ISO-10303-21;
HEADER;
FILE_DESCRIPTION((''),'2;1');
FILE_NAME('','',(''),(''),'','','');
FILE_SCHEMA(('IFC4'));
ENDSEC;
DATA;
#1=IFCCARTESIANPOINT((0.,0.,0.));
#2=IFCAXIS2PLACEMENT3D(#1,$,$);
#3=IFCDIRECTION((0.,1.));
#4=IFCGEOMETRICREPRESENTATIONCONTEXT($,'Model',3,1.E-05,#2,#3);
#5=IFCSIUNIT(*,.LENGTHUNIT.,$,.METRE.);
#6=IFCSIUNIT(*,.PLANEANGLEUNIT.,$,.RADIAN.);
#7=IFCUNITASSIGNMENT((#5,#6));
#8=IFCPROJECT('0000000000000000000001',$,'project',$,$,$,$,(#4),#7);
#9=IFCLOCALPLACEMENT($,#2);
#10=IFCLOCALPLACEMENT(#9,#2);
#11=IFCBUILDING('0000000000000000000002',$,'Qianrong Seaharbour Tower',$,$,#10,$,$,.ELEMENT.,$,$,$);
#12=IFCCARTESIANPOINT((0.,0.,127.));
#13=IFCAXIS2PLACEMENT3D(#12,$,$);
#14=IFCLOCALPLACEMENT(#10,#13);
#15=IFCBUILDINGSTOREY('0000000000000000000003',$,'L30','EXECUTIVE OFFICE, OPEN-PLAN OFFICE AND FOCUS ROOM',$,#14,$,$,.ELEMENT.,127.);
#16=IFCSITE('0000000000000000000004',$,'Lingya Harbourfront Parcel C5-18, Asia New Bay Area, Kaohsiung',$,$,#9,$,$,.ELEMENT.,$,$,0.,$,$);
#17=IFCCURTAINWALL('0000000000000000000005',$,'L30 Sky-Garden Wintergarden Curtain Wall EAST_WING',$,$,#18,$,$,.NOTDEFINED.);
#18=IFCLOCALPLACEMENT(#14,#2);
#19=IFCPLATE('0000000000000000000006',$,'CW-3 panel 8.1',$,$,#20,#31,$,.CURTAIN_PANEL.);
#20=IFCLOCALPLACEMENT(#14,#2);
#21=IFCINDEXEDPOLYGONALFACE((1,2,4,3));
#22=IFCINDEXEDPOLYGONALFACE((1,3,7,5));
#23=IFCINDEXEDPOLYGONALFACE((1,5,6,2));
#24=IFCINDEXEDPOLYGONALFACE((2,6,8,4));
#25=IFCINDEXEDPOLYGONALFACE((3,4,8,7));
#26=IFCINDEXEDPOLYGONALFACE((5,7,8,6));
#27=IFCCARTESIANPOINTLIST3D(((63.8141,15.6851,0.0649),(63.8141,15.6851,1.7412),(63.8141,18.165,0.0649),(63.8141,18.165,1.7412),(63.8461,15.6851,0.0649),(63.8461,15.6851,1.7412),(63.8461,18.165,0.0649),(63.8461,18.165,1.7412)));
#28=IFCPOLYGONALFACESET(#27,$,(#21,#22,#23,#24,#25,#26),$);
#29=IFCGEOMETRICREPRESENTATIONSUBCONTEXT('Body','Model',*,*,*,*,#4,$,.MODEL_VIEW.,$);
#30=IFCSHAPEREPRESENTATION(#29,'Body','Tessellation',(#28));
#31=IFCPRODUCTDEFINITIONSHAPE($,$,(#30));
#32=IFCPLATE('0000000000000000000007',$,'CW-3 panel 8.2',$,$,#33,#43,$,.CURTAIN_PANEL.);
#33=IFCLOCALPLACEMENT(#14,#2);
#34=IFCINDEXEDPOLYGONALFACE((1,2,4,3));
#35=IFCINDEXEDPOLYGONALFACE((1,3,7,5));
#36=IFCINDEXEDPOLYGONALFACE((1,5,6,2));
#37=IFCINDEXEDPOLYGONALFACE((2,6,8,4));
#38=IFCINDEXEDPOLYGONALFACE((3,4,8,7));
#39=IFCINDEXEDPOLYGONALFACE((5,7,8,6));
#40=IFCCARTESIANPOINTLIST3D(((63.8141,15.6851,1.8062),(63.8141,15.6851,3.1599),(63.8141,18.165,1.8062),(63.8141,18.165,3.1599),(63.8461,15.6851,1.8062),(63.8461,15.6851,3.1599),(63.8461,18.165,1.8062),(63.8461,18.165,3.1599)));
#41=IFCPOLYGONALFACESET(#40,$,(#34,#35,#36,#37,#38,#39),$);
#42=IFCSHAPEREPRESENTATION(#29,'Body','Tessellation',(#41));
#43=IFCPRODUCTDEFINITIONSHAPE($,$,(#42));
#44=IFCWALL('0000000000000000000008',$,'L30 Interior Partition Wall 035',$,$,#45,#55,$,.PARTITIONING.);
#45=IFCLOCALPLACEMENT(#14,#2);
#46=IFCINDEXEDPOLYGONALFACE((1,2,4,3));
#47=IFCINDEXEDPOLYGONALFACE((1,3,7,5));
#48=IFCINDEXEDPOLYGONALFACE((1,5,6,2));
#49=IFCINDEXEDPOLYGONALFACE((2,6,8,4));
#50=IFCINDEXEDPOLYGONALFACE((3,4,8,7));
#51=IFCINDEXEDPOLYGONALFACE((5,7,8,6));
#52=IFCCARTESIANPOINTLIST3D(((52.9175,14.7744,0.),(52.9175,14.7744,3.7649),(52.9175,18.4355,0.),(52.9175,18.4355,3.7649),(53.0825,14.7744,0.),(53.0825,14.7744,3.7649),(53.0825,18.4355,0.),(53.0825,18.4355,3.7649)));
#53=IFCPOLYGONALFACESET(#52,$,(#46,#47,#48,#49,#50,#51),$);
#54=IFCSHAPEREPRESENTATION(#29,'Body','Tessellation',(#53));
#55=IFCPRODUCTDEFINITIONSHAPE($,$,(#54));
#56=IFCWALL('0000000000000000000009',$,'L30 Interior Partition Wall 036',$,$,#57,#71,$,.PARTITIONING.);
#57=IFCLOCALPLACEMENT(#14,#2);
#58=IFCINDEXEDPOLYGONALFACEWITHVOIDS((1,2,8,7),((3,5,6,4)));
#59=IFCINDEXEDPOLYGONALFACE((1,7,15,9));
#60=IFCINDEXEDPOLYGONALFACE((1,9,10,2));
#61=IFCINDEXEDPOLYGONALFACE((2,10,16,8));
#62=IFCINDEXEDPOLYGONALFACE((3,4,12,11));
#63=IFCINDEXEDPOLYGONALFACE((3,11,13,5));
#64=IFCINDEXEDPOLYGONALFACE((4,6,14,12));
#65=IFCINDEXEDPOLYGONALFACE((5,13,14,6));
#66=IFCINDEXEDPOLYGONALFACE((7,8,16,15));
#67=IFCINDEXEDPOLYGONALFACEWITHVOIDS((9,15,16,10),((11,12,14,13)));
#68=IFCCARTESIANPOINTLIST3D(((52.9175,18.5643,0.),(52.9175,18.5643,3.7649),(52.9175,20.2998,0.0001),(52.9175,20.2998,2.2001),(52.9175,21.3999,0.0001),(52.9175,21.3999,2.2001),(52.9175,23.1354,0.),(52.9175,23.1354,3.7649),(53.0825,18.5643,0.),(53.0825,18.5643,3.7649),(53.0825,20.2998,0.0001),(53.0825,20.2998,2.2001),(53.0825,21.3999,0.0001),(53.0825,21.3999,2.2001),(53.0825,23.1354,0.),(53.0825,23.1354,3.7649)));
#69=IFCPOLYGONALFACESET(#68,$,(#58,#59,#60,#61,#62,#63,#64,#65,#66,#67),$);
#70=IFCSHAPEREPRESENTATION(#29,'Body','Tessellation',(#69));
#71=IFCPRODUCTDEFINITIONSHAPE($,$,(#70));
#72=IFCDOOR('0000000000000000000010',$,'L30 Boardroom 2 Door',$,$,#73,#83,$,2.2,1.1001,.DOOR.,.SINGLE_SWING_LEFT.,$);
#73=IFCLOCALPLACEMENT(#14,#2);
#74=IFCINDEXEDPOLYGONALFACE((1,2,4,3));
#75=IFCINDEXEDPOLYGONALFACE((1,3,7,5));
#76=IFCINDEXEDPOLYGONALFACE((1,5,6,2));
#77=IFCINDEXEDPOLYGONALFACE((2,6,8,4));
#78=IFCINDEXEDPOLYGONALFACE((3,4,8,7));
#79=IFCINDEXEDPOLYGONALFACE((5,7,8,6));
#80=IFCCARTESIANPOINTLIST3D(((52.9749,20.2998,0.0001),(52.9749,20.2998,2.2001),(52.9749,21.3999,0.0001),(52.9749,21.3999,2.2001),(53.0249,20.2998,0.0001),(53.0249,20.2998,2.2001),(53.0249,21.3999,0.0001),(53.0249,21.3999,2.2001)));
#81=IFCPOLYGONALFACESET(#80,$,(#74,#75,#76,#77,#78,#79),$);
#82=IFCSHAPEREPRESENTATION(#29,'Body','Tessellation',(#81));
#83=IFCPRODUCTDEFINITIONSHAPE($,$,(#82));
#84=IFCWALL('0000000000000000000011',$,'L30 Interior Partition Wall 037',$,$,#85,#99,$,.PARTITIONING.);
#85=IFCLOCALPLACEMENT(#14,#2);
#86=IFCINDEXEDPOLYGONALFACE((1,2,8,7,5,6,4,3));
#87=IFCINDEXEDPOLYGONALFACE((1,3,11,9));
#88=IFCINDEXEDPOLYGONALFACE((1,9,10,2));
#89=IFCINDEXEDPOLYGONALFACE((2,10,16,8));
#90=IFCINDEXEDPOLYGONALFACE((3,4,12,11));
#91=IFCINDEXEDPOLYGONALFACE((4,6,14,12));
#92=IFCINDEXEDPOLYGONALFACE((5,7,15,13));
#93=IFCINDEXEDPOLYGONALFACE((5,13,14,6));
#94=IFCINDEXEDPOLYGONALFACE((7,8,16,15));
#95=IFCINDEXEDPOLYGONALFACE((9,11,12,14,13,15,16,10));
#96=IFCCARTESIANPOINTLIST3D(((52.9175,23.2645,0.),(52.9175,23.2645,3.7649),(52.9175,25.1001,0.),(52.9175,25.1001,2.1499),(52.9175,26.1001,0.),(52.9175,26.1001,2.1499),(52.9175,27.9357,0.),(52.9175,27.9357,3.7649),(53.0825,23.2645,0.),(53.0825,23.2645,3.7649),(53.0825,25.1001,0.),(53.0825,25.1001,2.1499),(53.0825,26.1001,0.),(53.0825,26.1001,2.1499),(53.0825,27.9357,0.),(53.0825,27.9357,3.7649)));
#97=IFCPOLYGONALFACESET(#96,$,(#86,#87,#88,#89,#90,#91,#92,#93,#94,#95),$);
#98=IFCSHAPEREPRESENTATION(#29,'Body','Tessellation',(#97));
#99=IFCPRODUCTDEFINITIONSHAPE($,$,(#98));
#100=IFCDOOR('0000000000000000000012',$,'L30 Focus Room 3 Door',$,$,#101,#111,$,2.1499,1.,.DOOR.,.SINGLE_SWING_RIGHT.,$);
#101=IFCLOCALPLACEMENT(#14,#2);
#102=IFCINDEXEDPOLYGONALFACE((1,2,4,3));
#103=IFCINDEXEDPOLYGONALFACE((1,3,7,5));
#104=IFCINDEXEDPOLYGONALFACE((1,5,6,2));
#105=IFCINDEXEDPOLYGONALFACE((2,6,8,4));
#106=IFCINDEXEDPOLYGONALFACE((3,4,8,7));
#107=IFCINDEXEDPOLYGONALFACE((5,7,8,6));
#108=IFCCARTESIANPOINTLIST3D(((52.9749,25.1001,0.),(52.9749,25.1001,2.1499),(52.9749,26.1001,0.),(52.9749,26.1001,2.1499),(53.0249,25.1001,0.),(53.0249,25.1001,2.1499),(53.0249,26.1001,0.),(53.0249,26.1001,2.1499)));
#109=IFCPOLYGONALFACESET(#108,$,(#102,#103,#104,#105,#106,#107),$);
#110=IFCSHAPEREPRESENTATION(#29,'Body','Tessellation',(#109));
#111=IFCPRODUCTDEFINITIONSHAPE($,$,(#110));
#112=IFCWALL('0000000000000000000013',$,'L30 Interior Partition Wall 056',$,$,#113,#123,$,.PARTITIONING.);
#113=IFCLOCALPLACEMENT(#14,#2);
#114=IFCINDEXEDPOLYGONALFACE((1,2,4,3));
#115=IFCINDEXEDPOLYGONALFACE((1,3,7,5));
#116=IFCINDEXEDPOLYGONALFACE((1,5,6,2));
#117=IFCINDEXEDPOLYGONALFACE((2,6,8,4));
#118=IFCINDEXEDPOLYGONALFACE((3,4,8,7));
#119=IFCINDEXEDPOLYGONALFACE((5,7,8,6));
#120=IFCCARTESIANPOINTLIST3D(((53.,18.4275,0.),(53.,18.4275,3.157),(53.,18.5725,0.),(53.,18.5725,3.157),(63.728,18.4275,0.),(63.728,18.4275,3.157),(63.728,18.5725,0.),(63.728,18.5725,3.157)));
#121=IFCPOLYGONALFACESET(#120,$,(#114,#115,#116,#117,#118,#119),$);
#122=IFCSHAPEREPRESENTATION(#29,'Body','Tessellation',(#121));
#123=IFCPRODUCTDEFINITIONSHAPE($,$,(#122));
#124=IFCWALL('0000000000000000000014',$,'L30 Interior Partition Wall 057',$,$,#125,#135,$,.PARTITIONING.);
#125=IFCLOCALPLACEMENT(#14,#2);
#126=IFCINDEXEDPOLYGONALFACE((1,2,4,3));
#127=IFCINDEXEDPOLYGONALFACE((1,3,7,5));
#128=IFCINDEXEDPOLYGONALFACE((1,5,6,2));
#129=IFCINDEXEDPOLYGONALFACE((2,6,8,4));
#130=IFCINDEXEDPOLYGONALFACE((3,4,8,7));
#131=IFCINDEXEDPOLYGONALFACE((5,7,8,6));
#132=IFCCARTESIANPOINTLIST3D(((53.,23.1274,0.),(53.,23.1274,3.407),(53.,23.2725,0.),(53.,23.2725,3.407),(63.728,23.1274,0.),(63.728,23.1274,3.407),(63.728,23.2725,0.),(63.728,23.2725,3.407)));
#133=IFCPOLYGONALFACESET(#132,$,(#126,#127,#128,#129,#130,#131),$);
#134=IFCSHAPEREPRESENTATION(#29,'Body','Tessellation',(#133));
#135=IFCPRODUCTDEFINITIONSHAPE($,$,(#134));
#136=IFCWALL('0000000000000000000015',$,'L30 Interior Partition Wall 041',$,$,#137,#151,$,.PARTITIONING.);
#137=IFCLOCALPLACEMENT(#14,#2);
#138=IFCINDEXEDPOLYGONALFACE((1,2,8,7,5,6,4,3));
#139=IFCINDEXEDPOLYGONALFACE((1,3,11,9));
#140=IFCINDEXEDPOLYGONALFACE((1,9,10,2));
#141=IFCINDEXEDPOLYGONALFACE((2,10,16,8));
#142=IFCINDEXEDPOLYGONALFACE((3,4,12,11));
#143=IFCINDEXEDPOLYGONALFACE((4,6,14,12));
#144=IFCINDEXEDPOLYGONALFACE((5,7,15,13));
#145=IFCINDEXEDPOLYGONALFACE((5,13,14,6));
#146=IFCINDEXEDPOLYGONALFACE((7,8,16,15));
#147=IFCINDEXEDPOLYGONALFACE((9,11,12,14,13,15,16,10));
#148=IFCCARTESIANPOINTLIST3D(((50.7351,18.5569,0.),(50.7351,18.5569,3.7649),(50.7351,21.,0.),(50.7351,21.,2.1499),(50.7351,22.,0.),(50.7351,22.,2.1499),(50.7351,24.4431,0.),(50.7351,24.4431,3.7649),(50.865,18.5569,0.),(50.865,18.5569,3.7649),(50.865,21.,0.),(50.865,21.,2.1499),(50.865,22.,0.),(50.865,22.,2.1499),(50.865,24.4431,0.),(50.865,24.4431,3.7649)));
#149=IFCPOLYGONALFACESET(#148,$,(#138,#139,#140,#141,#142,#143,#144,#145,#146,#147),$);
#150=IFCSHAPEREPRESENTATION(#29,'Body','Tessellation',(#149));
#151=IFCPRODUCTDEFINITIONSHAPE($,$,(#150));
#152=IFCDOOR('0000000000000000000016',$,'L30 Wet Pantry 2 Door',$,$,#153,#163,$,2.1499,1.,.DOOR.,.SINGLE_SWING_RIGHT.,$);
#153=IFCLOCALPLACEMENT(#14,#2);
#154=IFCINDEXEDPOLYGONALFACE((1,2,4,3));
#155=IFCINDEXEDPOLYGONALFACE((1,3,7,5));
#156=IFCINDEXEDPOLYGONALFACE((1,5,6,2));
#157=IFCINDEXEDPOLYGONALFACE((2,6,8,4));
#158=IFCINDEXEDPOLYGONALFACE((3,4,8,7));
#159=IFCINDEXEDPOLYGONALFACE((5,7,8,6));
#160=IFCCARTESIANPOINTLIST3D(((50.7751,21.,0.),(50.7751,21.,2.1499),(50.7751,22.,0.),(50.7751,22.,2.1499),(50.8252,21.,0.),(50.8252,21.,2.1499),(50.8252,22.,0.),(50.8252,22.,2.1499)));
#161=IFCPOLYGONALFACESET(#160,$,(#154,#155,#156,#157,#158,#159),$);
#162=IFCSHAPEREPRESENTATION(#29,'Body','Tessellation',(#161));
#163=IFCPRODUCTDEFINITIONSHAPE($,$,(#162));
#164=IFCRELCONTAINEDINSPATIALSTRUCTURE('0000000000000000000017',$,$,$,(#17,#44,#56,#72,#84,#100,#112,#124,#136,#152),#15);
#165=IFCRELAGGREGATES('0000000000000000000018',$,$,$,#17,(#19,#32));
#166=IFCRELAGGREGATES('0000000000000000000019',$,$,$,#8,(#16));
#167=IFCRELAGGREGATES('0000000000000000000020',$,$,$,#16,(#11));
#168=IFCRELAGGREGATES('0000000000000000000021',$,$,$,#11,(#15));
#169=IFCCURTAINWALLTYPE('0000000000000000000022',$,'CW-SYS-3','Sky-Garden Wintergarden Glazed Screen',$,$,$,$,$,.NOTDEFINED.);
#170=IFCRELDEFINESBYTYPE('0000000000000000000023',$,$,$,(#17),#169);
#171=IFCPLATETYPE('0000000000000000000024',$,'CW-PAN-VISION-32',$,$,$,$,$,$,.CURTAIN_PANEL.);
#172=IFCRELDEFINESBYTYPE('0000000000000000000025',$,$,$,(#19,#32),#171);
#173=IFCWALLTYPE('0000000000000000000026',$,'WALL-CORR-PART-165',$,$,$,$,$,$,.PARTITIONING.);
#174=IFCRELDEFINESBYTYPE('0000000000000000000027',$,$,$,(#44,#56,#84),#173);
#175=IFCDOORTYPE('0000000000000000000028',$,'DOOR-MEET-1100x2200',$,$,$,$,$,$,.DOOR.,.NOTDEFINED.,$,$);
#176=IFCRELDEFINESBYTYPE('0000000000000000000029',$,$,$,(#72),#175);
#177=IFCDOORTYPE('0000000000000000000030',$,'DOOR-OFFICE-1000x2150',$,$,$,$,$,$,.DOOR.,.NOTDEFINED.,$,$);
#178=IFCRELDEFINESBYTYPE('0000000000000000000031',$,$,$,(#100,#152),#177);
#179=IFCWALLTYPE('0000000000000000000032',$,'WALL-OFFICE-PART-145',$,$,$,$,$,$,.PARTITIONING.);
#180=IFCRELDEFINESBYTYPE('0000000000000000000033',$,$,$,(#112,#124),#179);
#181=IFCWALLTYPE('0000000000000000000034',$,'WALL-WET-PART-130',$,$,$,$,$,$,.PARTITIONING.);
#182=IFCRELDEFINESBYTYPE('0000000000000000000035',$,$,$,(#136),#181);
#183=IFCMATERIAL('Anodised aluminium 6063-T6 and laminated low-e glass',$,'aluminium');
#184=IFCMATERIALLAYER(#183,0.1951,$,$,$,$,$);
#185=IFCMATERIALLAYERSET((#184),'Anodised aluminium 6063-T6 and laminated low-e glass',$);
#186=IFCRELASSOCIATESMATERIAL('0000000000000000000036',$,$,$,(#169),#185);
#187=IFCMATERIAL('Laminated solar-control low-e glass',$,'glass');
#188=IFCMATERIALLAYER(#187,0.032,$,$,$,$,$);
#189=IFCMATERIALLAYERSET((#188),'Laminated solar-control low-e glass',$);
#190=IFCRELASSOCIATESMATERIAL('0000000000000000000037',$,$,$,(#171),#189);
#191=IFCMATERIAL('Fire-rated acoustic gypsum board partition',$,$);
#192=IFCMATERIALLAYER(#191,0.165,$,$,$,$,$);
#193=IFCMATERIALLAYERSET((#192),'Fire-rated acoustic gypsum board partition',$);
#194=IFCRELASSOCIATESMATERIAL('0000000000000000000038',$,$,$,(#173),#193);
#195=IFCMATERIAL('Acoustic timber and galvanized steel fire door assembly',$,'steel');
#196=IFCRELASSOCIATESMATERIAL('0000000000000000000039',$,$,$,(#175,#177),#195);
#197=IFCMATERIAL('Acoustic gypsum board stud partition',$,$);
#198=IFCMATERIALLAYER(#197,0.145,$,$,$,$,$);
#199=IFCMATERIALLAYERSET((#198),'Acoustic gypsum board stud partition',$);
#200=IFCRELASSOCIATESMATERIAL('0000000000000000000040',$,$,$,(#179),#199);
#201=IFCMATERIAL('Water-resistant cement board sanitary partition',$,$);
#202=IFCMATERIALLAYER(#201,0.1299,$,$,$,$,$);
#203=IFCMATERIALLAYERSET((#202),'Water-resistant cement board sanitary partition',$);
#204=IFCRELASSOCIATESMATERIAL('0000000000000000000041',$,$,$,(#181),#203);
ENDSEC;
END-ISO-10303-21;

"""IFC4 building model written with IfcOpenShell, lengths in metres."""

from ifc_helpers import new_model, si_unit, direction, frame, frame_2d, origin, origin_2d, place, context, subcontext, project, spatial, rectangle, extrude, material, layer, layer_set, type_object, element, fill, aggregate, save


model = new_model("IFC4")

# Units and contexts
model_context = context("Model", 3, precision=1e-05, world=origin(), true_north=direction((0.0, 1.0)))
body_context = subcontext(model_context, "Body", "Model", "MODEL_VIEW")
ifc_project = project(units=[si_unit("LENGTHUNIT", "METRE"), si_unit("PLANEANGLEUNIT", "RADIAN")], contexts=[model_context])

# Site, building, storey
site_placement = place(None, origin())
site = spatial("IfcSite", under=ifc_project, at=site_placement, Name="Lingya Harbourfront Parcel C5-18, Asia New Bay Area, Kaohsiung", CompositionType="ELEMENT", RefElevation=0.0)
building_placement = place(site_placement, origin())
building = spatial("IfcBuilding", under=site, at=building_placement, Name="Qianrong Seaharbour Tower", CompositionType="ELEMENT")
storey_placement = place(building_placement, frame((0.0, 0.0, 127.0)))
storey = spatial("IfcBuildingStorey", under=building, at=storey_placement, Name="L30", Description="EXECUTIVE OFFICE, OPEN-PLAN OFFICE AND FOCUS ROOM", CompositionType="ELEMENT", Elevation=127.0)

# Curtain wall, plates
ifc_material_1 = material(Name="Anodised aluminium 6063-T6 and laminated low-e glass", Category="aluminium")
ifc_layer_1 = layer(ifc_material_1, 0.1951)
ifc_layer_set_1 = layer_set([ifc_layer_1], Name="Anodised aluminium 6063-T6 and laminated low-e glass")
curtain_wall_type = type_object("IfcCurtainWallType", Name="CW-SYS-3", Description="Sky-Garden Wintergarden Glazed Screen", PredefinedType="NOTDEFINED", material=ifc_layer_set_1)
curtain_wall_placement = place(storey_placement, origin())
curtain_wall = element("IfcCurtainWall", 1, at=curtain_wall_placement, inside=storey, type_object=curtain_wall_type, Name="L30 Sky-Garden Wintergarden Curtain Wall EAST_WING", PredefinedType="NOTDEFINED")
ifc_material_2 = material(Name="Laminated solar-control low-e glass", Category="glass")
ifc_layer_2 = layer(ifc_material_2, 0.032)
ifc_layer_set_2 = layer_set([ifc_layer_2], Name="Laminated solar-control low-e glass")
plate_type = type_object("IfcPlateType", Name="CW-PAN-VISION-32", PredefinedType="CURTAIN_PANEL", material=ifc_layer_set_2)
plate_1_placement = place(storey_placement, frame((63.8301, 16.925, 0.0649), z_axis=(0.0, 0.0, 1.0), x_axis=(0.0, -1.0, 0.0)))
plate_1 = element("IfcPlate", 2, at=plate_1_placement, type_object=plate_type, Name="CW-3 panel 8.1", PredefinedType="CURTAIN_PANEL", context=body_context, shape_type="SweptSolid", body=[
    extrude(rectangle(XDim=2.48, YDim=0.032, at=origin_2d()), origin(), (0.0, 0.0, 1.0), 1.6763),
])
plate_2_placement = place(storey_placement, frame((63.8301, 16.925, 1.8062), z_axis=(0.0, 0.0, 1.0), x_axis=(0.0, -1.0, 0.0)))
plate_2 = element("IfcPlate", 3, at=plate_2_placement, type_object=plate_type, Name="CW-3 panel 8.2", PredefinedType="CURTAIN_PANEL", context=body_context, shape_type="SweptSolid", body=[
    extrude(rectangle(XDim=2.48, YDim=0.032, at=origin_2d()), origin(), (0.0, 0.0, 1.0), 1.3538),
])
aggregate(curtain_wall, [plate_1, plate_2])

# Wall
ifc_material_3 = material(Name="Fire-rated acoustic gypsum board partition")
ifc_layer_3 = layer(ifc_material_3, 0.165)
ifc_layer_set_3 = layer_set([ifc_layer_3], Name="Fire-rated acoustic gypsum board partition")
wall_type_1 = type_object("IfcWallType", Name="WALL-CORR-PART-165", PredefinedType="PARTITIONING", material=ifc_layer_set_3)
wall_1_placement = place(storey_placement, frame((53.0, 18.4355, 0.0), z_axis=(0.0, 0.0, 1.0), x_axis=(0.0, -1.0, 0.0)))
element("IfcWall", 4, at=wall_1_placement, inside=storey, type_object=wall_type_1, Name="L30 Interior Partition Wall 035", PredefinedType="PARTITIONING", context=body_context, shape_type="SweptSolid", body=[
    extrude(rectangle(XDim=3.6611, YDim=0.165, at=frame_2d((1.8306, 0.0))), origin(), (0.0, 0.0, 1.0), 3.7649),
])

# Walls, openings, doors
wall_2_placement = place(storey_placement, frame((53.0, 23.1355, 0.0), z_axis=(0.0, 0.0, 1.0), x_axis=(0.0, -1.0, 0.0)))
wall_2 = element("IfcWall", 5, at=wall_2_placement, inside=storey, type_object=wall_type_1, Name="L30 Interior Partition Wall 036", PredefinedType="PARTITIONING", context=body_context, shape_type="SweptSolid", body=[
    extrude(rectangle(XDim=4.571, YDim=0.165, at=frame_2d((2.2856, 0.0))), origin(), (0.0, 0.0, 1.0), 3.7649),
])
opening_1_placement = place(wall_2_placement, frame((1.7356, 0.0, 0.0)))
opening_1 = element("IfcOpeningElement", 6, at=opening_1_placement, cuts=wall_2, PredefinedType="OPENING", context=body_context, shape_type="SweptSolid", body=[
    extrude(rectangle(XDim=1.1001, YDim=2.2, at=frame_2d((0.55, 1.1001))), frame((0.0, 0.0925, 0.0), z_axis=(0.0, -1.0, 0.0), x_axis=(1.0, 0.0, 0.0)), (0.0, 0.0, 1.0), 0.1851),
])
ifc_material_4 = material(Name="Acoustic timber and galvanized steel fire door assembly", Category="steel")
door_type_1 = type_object("IfcDoorType", Name="DOOR-MEET-1100x2200", OperationType="NOTDEFINED", PredefinedType="DOOR", material=ifc_material_4)
door_1_placement = place(opening_1_placement, origin())
door_1 = element("IfcDoor", 7, at=door_1_placement, inside=storey, type_object=door_type_1, Name="L30 Boardroom 2 Door", OperationType="SINGLE_SWING_LEFT", OverallHeight=2.2, OverallWidth=1.1001, PredefinedType="DOOR", context=body_context, shape_type="SweptSolid", body=[
    extrude(rectangle(XDim=1.1001, YDim=2.2, at=frame_2d((0.55, 1.1001))), frame((0.0, 0.0249, 0.0), z_axis=(0.0, -1.0, 0.0), x_axis=(1.0, 0.0, 0.0)), (0.0, 0.0, 1.0), 0.05),
])
fill(opening_1, door_1)
wall_3_placement = place(storey_placement, frame((53.0, 27.9355, 0.0), z_axis=(0.0, 0.0, 1.0), x_axis=(0.0, -1.0, 0.0)))
wall_3 = element("IfcWall", 8, at=wall_3_placement, inside=storey, type_object=wall_type_1, Name="L30 Interior Partition Wall 037", PredefinedType="PARTITIONING", context=body_context, shape_type="SweptSolid", body=[
    extrude(rectangle(XDim=4.6711, YDim=0.165, at=frame_2d((2.3354, 0.0))), origin(), (0.0, 0.0, 1.0), 3.7649),
])
opening_2_placement = place(wall_3_placement, frame((1.8354, 0.0, 0.0)))
opening_2 = element("IfcOpeningElement", 9, at=opening_2_placement, cuts=wall_3, PredefinedType="OPENING", context=body_context, shape_type="SweptSolid", body=[
    extrude(rectangle(XDim=1.0, YDim=2.1499, at=frame_2d((0.5, 1.075))), frame((0.0, 0.0925, 0.0), z_axis=(0.0, -1.0, 0.0), x_axis=(1.0, 0.0, 0.0)), (0.0, 0.0, 1.0), 0.1851),
])
door_type_2 = type_object("IfcDoorType", Name="DOOR-OFFICE-1000x2150", OperationType="NOTDEFINED", PredefinedType="DOOR", material=ifc_material_4)
door_2_placement = place(opening_2_placement, origin())
door_2 = element("IfcDoor", 10, at=door_2_placement, inside=storey, type_object=door_type_2, Name="L30 Focus Room 3 Door", OperationType="SINGLE_SWING_RIGHT", OverallHeight=2.1499, OverallWidth=1.0, PredefinedType="DOOR", context=body_context, shape_type="SweptSolid", body=[
    extrude(rectangle(XDim=1.0, YDim=2.1499, at=frame_2d((0.5, 1.075))), frame((0.0, 0.0249, 0.0), z_axis=(0.0, -1.0, 0.0), x_axis=(1.0, 0.0, 0.0)), (0.0, 0.0, 1.0), 0.05),
])
fill(opening_2, door_2)

# Walls
ifc_material_5 = material(Name="Acoustic gypsum board stud partition")
ifc_layer_4 = layer(ifc_material_5, 0.145)
ifc_layer_set_4 = layer_set([ifc_layer_4], Name="Acoustic gypsum board stud partition")
wall_type_2 = type_object("IfcWallType", Name="WALL-OFFICE-PART-145", PredefinedType="PARTITIONING", material=ifc_layer_set_4)
wall_4_placement = place(storey_placement, frame((53.0, 18.5, 0.0), z_axis=(0.0, 0.0, 1.0), x_axis=(1.0, 0.0, 0.0)))
element("IfcWall", 11, at=wall_4_placement, inside=storey, type_object=wall_type_2, Name="L30 Interior Partition Wall 056", PredefinedType="PARTITIONING", context=body_context, shape_type="SweptSolid", body=[
    extrude(rectangle(XDim=10.728, YDim=0.145, at=frame_2d((5.364, 0.0))), origin(), (0.0, 0.0, 1.0), 3.157),
])
wall_5_placement = place(storey_placement, frame((53.0, 23.2, 0.0), z_axis=(0.0, 0.0, 1.0), x_axis=(1.0, 0.0, 0.0)))
element("IfcWall", 12, at=wall_5_placement, inside=storey, type_object=wall_type_2, Name="L30 Interior Partition Wall 057", PredefinedType="PARTITIONING", context=body_context, shape_type="SweptSolid", body=[
    extrude(rectangle(XDim=10.728, YDim=0.145, at=frame_2d((5.364, 0.0))), origin(), (0.0, 0.0, 1.0), 3.407),
])

# Wall, opening, door
ifc_material_6 = material(Name="Water-resistant cement board sanitary partition")
ifc_layer_5 = layer(ifc_material_6, 0.1299)
ifc_layer_set_5 = layer_set([ifc_layer_5], Name="Water-resistant cement board sanitary partition")
wall_type_3 = type_object("IfcWallType", Name="WALL-WET-PART-130", PredefinedType="PARTITIONING", material=ifc_layer_set_5)
wall_6_placement = place(storey_placement, frame((50.8, 18.5569, 0.0), z_axis=(0.0, 0.0, 1.0), x_axis=(0.0, 1.0, 0.0)))
wall_6 = element("IfcWall", 13, at=wall_6_placement, inside=storey, type_object=wall_type_3, Name="L30 Interior Partition Wall 041", PredefinedType="PARTITIONING", context=body_context, shape_type="SweptSolid", body=[
    extrude(rectangle(XDim=5.8862, YDim=0.1299, at=frame_2d((2.9431, 0.0))), origin(), (0.0, 0.0, 1.0), 3.7649),
])
opening_3_placement = place(wall_6_placement, frame((2.4431, 0.0, 0.0)))
opening_3 = element("IfcOpeningElement", 14, at=opening_3_placement, cuts=wall_6, PredefinedType="OPENING", context=body_context, shape_type="SweptSolid", body=[
    extrude(rectangle(XDim=1.0, YDim=2.1499, at=frame_2d((0.5, 1.075))), frame((0.0, 0.075, 0.0), z_axis=(0.0, -1.0, 0.0), x_axis=(1.0, 0.0, 0.0)), (0.0, 0.0, 1.0), 0.1499),
])
door_3_placement = place(opening_3_placement, origin())
door_3 = element("IfcDoor", 15, at=door_3_placement, inside=storey, type_object=door_type_2, Name="L30 Wet Pantry 2 Door", OperationType="SINGLE_SWING_RIGHT", OverallHeight=2.1499, OverallWidth=1.0, PredefinedType="DOOR", context=body_context, shape_type="SweptSolid", body=[
    extrude(rectangle(XDim=1.0, YDim=2.1499, at=frame_2d((0.5, 1.075))), frame((0.0, 0.0249, 0.0), z_axis=(0.0, -1.0, 0.0), x_axis=(1.0, 0.0, 0.0)), (0.0, 0.0, 1.0), 0.05),
])
fill(opening_3, door_3)

save(model, "model.ifc")
